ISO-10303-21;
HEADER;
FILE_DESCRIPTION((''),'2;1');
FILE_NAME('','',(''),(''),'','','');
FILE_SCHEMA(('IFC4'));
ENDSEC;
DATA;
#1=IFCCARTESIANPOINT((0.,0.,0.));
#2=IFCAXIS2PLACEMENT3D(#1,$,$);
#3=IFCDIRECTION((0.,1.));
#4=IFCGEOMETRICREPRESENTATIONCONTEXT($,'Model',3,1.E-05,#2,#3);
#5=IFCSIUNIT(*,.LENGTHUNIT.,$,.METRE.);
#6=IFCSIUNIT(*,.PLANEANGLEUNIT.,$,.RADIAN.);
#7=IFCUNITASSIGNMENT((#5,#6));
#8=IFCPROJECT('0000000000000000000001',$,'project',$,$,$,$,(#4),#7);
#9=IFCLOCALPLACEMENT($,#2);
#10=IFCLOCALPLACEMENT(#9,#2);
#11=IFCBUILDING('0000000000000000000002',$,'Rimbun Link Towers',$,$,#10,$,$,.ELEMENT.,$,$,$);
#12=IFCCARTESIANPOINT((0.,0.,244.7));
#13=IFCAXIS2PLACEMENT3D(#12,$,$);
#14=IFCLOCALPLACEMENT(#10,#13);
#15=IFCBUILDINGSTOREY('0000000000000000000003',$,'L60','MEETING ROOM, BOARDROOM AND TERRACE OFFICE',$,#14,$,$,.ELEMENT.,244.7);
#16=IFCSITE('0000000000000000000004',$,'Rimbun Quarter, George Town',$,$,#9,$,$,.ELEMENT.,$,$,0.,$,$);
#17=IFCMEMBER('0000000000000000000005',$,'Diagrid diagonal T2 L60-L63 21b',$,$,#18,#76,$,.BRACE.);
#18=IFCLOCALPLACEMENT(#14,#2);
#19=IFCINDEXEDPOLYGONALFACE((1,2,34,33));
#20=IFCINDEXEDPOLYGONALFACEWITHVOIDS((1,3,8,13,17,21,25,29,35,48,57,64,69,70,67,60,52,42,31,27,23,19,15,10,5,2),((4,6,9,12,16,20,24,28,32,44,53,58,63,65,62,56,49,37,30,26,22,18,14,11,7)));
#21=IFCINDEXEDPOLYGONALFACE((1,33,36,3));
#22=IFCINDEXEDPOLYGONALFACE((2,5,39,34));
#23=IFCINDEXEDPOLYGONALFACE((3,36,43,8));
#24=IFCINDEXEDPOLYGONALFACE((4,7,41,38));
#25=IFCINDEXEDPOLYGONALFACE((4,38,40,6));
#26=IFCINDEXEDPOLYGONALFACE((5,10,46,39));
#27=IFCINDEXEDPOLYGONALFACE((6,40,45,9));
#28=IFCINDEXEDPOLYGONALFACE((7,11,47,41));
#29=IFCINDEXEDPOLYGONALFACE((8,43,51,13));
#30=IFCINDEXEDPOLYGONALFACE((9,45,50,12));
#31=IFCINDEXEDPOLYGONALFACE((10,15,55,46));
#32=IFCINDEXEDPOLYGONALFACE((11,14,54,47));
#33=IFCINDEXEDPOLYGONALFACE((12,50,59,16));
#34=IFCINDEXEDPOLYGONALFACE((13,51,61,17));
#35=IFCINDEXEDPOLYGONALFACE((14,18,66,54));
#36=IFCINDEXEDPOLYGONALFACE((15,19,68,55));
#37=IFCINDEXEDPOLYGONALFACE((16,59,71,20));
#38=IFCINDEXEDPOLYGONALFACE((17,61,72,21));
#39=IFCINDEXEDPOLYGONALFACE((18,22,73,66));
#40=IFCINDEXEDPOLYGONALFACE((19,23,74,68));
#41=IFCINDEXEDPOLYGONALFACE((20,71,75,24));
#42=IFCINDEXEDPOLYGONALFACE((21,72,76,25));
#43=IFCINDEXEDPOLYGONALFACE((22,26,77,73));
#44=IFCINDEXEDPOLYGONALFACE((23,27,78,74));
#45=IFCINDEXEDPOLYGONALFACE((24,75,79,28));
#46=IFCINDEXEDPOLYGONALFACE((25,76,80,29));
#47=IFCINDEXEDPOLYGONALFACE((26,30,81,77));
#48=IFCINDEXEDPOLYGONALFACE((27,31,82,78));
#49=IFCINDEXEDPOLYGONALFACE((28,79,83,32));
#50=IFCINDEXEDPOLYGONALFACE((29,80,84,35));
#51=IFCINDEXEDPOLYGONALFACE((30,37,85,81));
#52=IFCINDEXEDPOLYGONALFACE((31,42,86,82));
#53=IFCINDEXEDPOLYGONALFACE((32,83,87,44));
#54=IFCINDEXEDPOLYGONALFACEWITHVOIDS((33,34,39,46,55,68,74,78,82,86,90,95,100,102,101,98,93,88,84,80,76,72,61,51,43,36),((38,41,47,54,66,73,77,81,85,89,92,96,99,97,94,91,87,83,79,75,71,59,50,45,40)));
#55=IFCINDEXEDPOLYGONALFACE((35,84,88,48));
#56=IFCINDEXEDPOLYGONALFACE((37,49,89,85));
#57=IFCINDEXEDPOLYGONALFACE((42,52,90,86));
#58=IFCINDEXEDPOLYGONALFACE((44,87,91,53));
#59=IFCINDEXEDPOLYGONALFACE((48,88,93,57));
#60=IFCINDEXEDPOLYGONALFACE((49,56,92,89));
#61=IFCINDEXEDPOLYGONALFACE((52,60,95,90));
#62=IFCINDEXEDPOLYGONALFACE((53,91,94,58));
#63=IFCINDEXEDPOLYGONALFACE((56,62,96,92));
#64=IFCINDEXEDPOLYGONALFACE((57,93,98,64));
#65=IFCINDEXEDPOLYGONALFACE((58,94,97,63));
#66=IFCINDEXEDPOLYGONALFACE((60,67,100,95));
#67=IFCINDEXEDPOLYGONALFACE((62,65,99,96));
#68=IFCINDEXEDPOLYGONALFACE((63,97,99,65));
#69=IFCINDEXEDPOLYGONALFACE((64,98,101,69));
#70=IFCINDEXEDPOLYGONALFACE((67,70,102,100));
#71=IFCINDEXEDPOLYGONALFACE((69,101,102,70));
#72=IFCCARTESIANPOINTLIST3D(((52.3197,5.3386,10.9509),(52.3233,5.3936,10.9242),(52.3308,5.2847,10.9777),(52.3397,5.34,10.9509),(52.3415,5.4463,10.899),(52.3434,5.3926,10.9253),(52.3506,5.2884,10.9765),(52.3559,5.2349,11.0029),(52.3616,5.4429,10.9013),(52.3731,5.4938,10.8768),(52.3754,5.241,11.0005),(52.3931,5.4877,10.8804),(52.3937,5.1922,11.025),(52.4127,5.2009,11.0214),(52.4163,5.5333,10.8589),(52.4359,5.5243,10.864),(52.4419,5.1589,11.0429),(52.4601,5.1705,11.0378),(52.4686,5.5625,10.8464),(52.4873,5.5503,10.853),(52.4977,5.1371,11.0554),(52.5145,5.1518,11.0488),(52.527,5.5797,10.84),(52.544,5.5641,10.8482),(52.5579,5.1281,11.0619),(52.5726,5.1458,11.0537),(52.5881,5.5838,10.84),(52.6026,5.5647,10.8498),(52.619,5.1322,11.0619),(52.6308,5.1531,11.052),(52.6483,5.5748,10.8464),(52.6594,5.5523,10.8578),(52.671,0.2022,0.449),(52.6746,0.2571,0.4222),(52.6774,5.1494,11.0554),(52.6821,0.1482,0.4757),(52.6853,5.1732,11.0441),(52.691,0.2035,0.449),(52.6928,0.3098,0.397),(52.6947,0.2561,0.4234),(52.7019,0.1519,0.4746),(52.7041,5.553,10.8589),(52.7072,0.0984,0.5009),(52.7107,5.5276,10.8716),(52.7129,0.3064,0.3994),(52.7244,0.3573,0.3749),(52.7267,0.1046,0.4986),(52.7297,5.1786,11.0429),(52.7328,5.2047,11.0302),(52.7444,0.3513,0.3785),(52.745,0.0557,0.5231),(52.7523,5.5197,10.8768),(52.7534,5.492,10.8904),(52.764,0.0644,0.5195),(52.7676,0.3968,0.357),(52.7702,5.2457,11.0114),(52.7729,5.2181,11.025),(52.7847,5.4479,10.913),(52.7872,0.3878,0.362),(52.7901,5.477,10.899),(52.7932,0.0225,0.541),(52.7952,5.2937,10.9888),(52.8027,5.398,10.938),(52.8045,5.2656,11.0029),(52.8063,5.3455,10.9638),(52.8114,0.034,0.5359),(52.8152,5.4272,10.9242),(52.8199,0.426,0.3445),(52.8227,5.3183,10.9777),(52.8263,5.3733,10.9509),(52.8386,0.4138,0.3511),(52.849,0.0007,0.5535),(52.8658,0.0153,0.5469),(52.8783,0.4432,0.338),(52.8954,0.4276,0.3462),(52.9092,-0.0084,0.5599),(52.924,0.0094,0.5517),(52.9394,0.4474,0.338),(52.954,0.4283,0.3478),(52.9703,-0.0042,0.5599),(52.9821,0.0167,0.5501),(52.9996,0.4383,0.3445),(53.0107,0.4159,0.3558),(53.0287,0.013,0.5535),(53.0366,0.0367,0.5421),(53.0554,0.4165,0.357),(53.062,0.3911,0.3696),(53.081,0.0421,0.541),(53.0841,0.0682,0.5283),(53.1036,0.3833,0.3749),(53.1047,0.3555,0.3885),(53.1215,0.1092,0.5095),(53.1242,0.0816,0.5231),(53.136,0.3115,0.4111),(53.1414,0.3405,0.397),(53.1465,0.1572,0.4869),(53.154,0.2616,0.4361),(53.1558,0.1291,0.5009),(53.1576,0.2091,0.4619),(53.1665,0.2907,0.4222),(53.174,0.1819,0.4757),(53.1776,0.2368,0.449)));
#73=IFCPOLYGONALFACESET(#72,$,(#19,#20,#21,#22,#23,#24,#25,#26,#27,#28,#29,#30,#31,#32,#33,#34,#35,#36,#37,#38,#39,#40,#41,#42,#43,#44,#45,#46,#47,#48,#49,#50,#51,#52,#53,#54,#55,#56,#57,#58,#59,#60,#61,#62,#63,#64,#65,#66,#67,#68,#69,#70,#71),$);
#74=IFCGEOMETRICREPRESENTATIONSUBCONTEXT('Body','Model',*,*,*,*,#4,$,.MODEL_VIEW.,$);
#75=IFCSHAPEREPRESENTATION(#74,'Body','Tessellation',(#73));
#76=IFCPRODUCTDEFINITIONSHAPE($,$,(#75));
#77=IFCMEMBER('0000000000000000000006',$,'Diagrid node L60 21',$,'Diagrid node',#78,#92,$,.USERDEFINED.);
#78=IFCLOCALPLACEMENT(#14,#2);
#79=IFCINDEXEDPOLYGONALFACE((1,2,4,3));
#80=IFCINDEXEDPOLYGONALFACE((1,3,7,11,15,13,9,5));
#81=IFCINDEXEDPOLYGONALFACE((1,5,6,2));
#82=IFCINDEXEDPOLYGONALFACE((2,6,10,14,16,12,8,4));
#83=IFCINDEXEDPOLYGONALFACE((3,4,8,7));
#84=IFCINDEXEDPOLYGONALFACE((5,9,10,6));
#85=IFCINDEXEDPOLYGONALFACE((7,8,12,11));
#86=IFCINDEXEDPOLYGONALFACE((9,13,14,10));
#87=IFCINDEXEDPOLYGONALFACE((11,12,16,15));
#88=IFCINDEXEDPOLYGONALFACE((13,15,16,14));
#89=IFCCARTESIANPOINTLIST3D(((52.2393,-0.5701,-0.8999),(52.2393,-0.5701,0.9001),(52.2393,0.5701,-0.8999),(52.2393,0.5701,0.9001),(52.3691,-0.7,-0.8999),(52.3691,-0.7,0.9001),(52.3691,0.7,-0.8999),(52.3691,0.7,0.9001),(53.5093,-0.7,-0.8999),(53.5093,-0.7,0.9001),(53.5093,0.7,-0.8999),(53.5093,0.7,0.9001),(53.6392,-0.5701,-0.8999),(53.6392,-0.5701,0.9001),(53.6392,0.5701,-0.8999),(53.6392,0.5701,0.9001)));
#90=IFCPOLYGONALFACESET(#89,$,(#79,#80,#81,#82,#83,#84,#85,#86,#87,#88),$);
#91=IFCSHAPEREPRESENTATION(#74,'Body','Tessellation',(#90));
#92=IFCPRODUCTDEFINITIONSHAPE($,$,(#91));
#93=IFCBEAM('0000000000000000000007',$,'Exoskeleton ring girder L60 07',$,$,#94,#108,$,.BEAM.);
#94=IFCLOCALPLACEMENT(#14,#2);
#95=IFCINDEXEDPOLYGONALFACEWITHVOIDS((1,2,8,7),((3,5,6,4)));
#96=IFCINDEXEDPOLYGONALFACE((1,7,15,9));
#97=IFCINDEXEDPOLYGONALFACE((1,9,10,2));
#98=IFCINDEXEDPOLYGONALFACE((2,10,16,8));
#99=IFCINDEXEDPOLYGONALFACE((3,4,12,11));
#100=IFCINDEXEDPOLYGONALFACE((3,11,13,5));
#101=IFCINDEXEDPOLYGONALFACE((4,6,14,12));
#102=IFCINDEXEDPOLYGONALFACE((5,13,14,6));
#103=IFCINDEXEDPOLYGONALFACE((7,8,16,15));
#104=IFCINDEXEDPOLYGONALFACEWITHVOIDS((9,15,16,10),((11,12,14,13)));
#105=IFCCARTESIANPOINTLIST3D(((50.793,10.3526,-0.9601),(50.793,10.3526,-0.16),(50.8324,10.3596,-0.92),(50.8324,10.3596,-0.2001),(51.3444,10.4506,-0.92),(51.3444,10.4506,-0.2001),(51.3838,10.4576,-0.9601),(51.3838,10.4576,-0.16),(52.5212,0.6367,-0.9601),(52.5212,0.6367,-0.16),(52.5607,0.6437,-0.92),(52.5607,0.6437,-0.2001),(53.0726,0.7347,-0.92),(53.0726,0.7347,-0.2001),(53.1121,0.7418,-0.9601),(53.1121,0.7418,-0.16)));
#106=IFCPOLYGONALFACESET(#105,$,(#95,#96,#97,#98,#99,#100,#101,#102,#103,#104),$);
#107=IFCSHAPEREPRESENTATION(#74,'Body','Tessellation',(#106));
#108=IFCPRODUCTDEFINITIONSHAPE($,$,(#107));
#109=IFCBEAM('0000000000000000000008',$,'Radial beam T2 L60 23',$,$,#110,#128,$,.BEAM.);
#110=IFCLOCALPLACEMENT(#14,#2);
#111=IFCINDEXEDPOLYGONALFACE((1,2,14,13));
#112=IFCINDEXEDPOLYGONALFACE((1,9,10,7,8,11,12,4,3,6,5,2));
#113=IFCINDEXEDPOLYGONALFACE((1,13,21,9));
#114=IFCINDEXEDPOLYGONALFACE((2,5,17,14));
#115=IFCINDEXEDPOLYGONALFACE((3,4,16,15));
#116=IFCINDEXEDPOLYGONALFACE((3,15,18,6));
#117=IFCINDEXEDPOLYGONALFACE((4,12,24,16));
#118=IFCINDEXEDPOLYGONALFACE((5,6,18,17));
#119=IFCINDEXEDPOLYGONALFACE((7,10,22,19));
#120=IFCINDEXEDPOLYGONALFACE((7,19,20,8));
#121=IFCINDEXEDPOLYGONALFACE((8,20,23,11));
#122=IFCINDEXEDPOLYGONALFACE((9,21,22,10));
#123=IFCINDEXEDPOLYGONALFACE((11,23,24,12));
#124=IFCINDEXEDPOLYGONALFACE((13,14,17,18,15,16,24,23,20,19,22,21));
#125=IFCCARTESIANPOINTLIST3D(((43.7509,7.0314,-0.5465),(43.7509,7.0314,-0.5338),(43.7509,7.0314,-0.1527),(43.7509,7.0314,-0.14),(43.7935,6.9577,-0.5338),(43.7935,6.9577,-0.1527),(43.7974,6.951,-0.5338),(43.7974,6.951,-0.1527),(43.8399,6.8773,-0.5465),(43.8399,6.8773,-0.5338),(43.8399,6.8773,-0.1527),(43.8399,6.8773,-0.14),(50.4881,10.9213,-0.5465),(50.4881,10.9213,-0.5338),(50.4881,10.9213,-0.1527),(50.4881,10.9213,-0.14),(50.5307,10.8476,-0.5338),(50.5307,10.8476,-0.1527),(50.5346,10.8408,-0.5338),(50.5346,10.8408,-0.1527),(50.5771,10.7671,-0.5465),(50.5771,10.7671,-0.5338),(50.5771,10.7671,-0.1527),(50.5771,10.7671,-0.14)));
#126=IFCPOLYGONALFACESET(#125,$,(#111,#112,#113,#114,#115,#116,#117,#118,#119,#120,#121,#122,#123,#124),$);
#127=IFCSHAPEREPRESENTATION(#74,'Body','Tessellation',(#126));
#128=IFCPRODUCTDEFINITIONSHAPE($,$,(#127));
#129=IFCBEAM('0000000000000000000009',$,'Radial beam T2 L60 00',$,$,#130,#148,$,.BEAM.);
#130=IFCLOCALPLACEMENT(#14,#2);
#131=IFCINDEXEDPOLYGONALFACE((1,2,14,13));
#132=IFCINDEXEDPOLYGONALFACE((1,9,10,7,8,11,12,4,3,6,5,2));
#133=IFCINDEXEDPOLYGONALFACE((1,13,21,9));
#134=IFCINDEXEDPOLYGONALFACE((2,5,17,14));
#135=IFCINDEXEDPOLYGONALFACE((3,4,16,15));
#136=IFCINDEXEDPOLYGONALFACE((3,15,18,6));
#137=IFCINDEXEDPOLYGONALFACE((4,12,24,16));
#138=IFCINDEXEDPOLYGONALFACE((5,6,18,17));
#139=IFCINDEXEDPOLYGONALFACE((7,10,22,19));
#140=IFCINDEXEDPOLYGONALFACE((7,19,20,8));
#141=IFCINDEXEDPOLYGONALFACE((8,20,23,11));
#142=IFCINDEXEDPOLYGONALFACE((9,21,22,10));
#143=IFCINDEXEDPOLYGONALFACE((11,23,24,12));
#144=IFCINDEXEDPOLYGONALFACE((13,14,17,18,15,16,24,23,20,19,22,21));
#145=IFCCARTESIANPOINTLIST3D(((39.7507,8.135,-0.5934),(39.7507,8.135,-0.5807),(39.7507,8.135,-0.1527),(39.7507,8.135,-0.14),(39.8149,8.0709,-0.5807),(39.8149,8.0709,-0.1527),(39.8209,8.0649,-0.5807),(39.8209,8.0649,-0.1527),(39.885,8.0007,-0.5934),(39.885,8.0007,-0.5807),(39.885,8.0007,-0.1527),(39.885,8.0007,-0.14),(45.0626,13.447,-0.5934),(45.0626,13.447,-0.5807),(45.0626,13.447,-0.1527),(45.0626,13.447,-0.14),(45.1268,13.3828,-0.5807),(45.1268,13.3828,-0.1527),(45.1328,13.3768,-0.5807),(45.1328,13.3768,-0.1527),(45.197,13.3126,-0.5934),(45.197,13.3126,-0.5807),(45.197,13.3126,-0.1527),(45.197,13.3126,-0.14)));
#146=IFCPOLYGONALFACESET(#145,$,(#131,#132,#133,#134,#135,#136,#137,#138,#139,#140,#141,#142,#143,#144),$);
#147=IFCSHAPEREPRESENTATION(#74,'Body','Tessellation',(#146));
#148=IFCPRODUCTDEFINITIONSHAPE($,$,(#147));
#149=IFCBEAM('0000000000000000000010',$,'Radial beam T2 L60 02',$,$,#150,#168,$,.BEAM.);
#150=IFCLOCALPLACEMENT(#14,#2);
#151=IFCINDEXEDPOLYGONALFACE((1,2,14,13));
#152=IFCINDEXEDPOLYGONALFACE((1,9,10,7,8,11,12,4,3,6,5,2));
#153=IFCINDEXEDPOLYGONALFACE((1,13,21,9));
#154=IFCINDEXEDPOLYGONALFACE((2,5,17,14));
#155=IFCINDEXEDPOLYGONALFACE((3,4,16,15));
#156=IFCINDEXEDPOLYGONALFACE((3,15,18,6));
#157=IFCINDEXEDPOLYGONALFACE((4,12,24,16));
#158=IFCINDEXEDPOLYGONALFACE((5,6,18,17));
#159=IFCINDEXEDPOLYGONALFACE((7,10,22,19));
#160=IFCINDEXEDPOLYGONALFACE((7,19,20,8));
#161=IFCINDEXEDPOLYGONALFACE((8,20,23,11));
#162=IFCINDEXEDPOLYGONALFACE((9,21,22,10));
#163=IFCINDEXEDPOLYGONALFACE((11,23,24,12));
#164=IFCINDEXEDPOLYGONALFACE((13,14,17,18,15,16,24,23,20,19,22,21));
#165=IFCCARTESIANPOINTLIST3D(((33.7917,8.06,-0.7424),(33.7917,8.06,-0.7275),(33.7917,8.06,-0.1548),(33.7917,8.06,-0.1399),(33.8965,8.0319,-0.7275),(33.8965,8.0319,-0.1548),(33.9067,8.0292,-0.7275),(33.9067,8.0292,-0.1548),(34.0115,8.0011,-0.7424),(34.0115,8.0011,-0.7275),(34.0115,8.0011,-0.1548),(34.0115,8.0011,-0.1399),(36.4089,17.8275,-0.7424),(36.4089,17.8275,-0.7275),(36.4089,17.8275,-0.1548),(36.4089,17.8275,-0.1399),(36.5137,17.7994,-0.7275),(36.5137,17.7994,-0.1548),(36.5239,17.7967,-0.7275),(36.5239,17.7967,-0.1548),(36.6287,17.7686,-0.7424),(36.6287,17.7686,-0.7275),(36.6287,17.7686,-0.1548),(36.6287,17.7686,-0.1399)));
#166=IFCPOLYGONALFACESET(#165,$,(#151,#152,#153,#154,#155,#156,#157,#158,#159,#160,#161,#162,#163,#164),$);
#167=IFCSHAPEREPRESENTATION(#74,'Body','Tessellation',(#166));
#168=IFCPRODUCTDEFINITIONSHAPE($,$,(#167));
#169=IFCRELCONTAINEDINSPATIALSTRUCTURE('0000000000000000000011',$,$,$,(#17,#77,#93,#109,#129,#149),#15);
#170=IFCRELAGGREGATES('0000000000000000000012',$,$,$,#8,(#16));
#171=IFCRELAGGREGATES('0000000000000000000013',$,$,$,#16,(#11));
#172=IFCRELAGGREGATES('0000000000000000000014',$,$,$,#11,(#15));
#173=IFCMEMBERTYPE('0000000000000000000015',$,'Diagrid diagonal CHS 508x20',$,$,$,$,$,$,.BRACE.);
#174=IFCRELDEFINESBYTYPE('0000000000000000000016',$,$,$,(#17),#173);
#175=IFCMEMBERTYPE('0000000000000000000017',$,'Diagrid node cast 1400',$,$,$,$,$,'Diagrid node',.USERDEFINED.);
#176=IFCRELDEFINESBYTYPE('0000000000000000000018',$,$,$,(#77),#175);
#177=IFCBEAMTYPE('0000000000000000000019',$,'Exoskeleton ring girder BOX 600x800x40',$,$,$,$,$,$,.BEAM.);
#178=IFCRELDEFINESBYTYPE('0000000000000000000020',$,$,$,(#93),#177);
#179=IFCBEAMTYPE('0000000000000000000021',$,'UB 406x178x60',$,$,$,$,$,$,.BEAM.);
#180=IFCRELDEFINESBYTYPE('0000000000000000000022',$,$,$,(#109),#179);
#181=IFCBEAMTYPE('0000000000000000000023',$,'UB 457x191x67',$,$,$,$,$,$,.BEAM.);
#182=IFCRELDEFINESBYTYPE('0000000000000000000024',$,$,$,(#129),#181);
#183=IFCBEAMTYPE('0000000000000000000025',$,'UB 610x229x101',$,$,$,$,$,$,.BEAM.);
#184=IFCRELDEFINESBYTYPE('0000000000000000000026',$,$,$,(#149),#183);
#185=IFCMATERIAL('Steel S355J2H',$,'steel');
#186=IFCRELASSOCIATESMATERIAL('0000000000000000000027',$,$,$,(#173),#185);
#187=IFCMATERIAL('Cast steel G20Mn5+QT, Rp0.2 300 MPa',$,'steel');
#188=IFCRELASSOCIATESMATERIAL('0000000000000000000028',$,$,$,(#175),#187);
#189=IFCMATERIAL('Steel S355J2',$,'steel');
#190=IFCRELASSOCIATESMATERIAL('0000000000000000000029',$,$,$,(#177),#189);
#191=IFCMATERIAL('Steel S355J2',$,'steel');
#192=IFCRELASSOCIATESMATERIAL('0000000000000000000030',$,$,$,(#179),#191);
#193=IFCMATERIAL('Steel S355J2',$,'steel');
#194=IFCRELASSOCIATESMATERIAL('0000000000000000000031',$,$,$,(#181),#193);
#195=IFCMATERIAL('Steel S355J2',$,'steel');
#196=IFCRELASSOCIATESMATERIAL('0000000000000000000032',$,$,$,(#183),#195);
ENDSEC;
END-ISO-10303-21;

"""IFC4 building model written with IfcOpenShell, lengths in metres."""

from ifc_helpers import new_model, si_unit, direction, frame, origin, origin_2d, place, context, subcontext, project, spatial, polyline, hollow_rectangle, hollow_circle, i_section, outline, extrude, material, material_profile, profile_set, type_object, element, save


model = new_model("IFC4")

# Units and contexts
model_context = context("Model", 3, precision=1e-05, world=origin(), true_north=direction((0.0, 1.0)))
body_context = subcontext(model_context, "Body", "Model", "MODEL_VIEW")
ifc_project = project(units=[si_unit("LENGTHUNIT", "METRE"), si_unit("PLANEANGLEUNIT", "RADIAN")], contexts=[model_context])

# Site, building, storey
site_placement = place(None, origin())
site = spatial("IfcSite", under=ifc_project, at=site_placement, Name="Rimbun Quarter, George Town", CompositionType="ELEMENT", RefElevation=0.0)
building_placement = place(site_placement, origin())
building = spatial("IfcBuilding", under=site, at=building_placement, Name="Rimbun Link Towers", CompositionType="ELEMENT")
storey_placement = place(building_placement, frame((0.0, 0.0, 244.7)))
storey = spatial("IfcBuildingStorey", under=building, at=storey_placement, Name="L60", Description="MEETING ROOM, BOARDROOM AND TERRACE OFFICE", CompositionType="ELEMENT", Elevation=244.7)

# Members
ifc_material_1 = material(Name="Steel S355J2H", Category="steel")
ifc_material_profile_1 = material_profile(ifc_material_1, hollow_circle(Radius=0.2539, WallThickness=0.02, at=origin_2d()), Name="Diagrid diagonal CHS 508x20")
ifc_profile_set_1 = profile_set([ifc_material_profile_1], Name="Steel S355J2H")
member_type_1 = type_object("IfcMemberType", Name="Diagrid diagonal CHS 508x20", PredefinedType="BRACE", material=ifc_profile_set_1)
member_1_placement = place(storey_placement, frame((52.9243, 0.2195, 0.449), z_axis=(-0.030037, 0.439163, 0.897905), x_axis=(-0.997669, -0.068237, 0.0)))
element("IfcMember", 1, at=member_1_placement, inside=storey, type_object=member_type_1, Name="Diagrid diagonal T2 L60-L63 21b", PredefinedType="BRACE", context=body_context, shape_type="SweptSolid", body=[
    extrude(hollow_circle(Radius=0.2539, WallThickness=0.02, at=origin_2d()), origin(), (0.0, 0.0, 1.0), 11.696),
])
ifc_material_2 = material(Name="Cast steel G20Mn5+QT, Rp0.2 300 MPa", Category="steel")
ifc_material_profile_2 = material_profile(ifc_material_2, outline(polyline([(0.7, -0.5701), (0.7, 0.5701), (0.5701, 0.7), (-0.5701, 0.7), (-0.7, 0.5701), (-0.7, -0.5701), (-0.5701, -0.7), (0.5701, -0.7), (0.7, -0.5701)])), Name="NODE 1400x1400")
ifc_profile_set_2 = profile_set([ifc_material_profile_2], Name="Cast steel G20Mn5+QT, Rp0.2 300 MPa")
member_type_2 = type_object("IfcMemberType", Name="Diagrid node cast 1400", ElementType="Diagrid node", PredefinedType="USERDEFINED", material=ifc_profile_set_2)
member_2_placement = place(storey_placement, frame((52.9392, 0.0, -0.8999), z_axis=(0.0, 0.0, 1.0), x_axis=(1.0, 0.0, 0.0)))
element("IfcMember", 2, at=member_2_placement, inside=storey, type_object=member_type_2, Name="Diagrid node L60 21", ObjectType="Diagrid node", PredefinedType="USERDEFINED", context=body_context, shape_type="SweptSolid", body=[
    extrude(outline(polyline([(0.7, -0.5701), (0.7, 0.5701), (0.5701, 0.7), (-0.5701, 0.7), (-0.7, 0.5701), (-0.7, -0.5701), (-0.5701, -0.7), (0.5701, -0.7), (0.7, -0.5701)])), origin(), (0.0, 0.0, 1.0), 1.8),
])

# Beams
ifc_material_3 = material(Name="Steel S355J2", Category="steel")
ifc_material_profile_3 = material_profile(ifc_material_3, hollow_rectangle(XDim=0.6001, YDim=0.8, WallThickness=0.04, at=origin_2d()), Name="Exoskeleton ring girder BOX 600x800x40")
ifc_profile_set_3 = profile_set([ifc_material_profile_3], Name="Steel S355J2")
beam_type_1 = type_object("IfcBeamType", Name="Exoskeleton ring girder BOX 600x800x40", PredefinedType="BEAM", material=ifc_profile_set_3)
beam_1_placement = place(storey_placement, frame((52.8167, 0.6892, -0.5601), z_axis=(-0.175133, 0.984545, 0.0), x_axis=(-0.984545, -0.175133, 0.0)))
element("IfcBeam", 3, at=beam_1_placement, inside=storey, type_object=beam_type_1, Name="Exoskeleton ring girder L60 07", PredefinedType="BEAM", context=body_context, shape_type="SweptSolid", body=[
    extrude(hollow_rectangle(XDim=0.6001, YDim=0.8, WallThickness=0.04, at=origin_2d()), origin(), (0.0, 0.0, 1.0), 9.8684),
])
ifc_material_4 = material(Name="Steel S355J2", Category="steel")
ifc_material_profile_4 = material_profile(ifc_material_4, i_section(OverallWidth=0.178, OverallDepth=0.4065, WebThickness=0.0078, FlangeThickness=0.0127, at=origin_2d()), Name="UB 406x178x60")
ifc_profile_set_4 = profile_set([ifc_material_profile_4], Name="Steel S355J2")
beam_type_2 = type_object("IfcBeamType", Name="UB 406x178x60", PredefinedType="BEAM", material=ifc_profile_set_4)
beam_2_placement = place(storey_placement, frame((43.7954, 6.9543, -0.3433), z_axis=(0.866019, 0.50001, 0.0), x_axis=(-0.50001, 0.866019, 0.0)))
element("IfcBeam", 4, at=beam_2_placement, inside=storey, type_object=beam_type_2, Name="Radial beam T2 L60 23", PredefinedType="BEAM", context=body_context, shape_type="SweptSolid", body=[
    extrude(i_section(OverallWidth=0.178, OverallDepth=0.4065, WebThickness=0.0078, FlangeThickness=0.0127, at=origin_2d()), origin(), (0.0, 0.0, 1.0), 7.7795),
])
ifc_material_5 = material(Name="Steel S355J2", Category="steel")
ifc_material_profile_5 = material_profile(ifc_material_5, i_section(OverallWidth=0.1899, OverallDepth=0.4534, WebThickness=0.0085, FlangeThickness=0.0127, at=origin_2d()), Name="UB 457x191x67")
ifc_profile_set_5 = profile_set([ifc_material_profile_5], Name="Steel S355J2")
beam_type_3 = type_object("IfcBeamType", Name="UB 457x191x67", PredefinedType="BEAM", material=ifc_profile_set_5)
beam_3_placement = place(storey_placement, frame((39.8179, 8.0679, -0.3667), z_axis=(0.707107, 0.707107, 0.0), x_axis=(-0.707107, 0.707107, 0.0)))
element("IfcBeam", 5, at=beam_3_placement, inside=storey, type_object=beam_type_3, Name="Radial beam T2 L60 00", PredefinedType="BEAM", context=body_context, shape_type="SweptSolid", body=[
    extrude(i_section(OverallWidth=0.1899, OverallDepth=0.4534, WebThickness=0.0085, FlangeThickness=0.0127, at=origin_2d()), origin(), (0.0, 0.0, 1.0), 7.5122),
])
ifc_material_6 = material(Name="Steel S355J2", Category="steel")
ifc_material_profile_6 = material_profile(ifc_material_6, i_section(OverallWidth=0.2275, OverallDepth=0.6025, WebThickness=0.0105, FlangeThickness=0.0149, at=origin_2d()), Name="UB 610x229x101")
ifc_profile_set_6 = profile_set([ifc_material_profile_6], Name="Steel S355J2")
beam_type_4 = type_object("IfcBeamType", Name="UB 610x229x101", PredefinedType="BEAM", material=ifc_profile_set_6)
beam_4_placement = place(storey_placement, frame((33.9016, 8.0305, -0.4412), z_axis=(0.258817, 0.965926, 0.0), x_axis=(-0.965926, 0.258817, 0.0)))
element("IfcBeam", 6, at=beam_4_placement, inside=storey, type_object=beam_type_4, Name="Radial beam T2 L60 02", PredefinedType="BEAM", context=body_context, shape_type="SweptSolid", body=[
    extrude(i_section(OverallWidth=0.2275, OverallDepth=0.6025, WebThickness=0.0105, FlangeThickness=0.0149, at=origin_2d()), origin(), (0.0, 0.0, 1.0), 10.1121),
])

save(model, "model.ifc")
